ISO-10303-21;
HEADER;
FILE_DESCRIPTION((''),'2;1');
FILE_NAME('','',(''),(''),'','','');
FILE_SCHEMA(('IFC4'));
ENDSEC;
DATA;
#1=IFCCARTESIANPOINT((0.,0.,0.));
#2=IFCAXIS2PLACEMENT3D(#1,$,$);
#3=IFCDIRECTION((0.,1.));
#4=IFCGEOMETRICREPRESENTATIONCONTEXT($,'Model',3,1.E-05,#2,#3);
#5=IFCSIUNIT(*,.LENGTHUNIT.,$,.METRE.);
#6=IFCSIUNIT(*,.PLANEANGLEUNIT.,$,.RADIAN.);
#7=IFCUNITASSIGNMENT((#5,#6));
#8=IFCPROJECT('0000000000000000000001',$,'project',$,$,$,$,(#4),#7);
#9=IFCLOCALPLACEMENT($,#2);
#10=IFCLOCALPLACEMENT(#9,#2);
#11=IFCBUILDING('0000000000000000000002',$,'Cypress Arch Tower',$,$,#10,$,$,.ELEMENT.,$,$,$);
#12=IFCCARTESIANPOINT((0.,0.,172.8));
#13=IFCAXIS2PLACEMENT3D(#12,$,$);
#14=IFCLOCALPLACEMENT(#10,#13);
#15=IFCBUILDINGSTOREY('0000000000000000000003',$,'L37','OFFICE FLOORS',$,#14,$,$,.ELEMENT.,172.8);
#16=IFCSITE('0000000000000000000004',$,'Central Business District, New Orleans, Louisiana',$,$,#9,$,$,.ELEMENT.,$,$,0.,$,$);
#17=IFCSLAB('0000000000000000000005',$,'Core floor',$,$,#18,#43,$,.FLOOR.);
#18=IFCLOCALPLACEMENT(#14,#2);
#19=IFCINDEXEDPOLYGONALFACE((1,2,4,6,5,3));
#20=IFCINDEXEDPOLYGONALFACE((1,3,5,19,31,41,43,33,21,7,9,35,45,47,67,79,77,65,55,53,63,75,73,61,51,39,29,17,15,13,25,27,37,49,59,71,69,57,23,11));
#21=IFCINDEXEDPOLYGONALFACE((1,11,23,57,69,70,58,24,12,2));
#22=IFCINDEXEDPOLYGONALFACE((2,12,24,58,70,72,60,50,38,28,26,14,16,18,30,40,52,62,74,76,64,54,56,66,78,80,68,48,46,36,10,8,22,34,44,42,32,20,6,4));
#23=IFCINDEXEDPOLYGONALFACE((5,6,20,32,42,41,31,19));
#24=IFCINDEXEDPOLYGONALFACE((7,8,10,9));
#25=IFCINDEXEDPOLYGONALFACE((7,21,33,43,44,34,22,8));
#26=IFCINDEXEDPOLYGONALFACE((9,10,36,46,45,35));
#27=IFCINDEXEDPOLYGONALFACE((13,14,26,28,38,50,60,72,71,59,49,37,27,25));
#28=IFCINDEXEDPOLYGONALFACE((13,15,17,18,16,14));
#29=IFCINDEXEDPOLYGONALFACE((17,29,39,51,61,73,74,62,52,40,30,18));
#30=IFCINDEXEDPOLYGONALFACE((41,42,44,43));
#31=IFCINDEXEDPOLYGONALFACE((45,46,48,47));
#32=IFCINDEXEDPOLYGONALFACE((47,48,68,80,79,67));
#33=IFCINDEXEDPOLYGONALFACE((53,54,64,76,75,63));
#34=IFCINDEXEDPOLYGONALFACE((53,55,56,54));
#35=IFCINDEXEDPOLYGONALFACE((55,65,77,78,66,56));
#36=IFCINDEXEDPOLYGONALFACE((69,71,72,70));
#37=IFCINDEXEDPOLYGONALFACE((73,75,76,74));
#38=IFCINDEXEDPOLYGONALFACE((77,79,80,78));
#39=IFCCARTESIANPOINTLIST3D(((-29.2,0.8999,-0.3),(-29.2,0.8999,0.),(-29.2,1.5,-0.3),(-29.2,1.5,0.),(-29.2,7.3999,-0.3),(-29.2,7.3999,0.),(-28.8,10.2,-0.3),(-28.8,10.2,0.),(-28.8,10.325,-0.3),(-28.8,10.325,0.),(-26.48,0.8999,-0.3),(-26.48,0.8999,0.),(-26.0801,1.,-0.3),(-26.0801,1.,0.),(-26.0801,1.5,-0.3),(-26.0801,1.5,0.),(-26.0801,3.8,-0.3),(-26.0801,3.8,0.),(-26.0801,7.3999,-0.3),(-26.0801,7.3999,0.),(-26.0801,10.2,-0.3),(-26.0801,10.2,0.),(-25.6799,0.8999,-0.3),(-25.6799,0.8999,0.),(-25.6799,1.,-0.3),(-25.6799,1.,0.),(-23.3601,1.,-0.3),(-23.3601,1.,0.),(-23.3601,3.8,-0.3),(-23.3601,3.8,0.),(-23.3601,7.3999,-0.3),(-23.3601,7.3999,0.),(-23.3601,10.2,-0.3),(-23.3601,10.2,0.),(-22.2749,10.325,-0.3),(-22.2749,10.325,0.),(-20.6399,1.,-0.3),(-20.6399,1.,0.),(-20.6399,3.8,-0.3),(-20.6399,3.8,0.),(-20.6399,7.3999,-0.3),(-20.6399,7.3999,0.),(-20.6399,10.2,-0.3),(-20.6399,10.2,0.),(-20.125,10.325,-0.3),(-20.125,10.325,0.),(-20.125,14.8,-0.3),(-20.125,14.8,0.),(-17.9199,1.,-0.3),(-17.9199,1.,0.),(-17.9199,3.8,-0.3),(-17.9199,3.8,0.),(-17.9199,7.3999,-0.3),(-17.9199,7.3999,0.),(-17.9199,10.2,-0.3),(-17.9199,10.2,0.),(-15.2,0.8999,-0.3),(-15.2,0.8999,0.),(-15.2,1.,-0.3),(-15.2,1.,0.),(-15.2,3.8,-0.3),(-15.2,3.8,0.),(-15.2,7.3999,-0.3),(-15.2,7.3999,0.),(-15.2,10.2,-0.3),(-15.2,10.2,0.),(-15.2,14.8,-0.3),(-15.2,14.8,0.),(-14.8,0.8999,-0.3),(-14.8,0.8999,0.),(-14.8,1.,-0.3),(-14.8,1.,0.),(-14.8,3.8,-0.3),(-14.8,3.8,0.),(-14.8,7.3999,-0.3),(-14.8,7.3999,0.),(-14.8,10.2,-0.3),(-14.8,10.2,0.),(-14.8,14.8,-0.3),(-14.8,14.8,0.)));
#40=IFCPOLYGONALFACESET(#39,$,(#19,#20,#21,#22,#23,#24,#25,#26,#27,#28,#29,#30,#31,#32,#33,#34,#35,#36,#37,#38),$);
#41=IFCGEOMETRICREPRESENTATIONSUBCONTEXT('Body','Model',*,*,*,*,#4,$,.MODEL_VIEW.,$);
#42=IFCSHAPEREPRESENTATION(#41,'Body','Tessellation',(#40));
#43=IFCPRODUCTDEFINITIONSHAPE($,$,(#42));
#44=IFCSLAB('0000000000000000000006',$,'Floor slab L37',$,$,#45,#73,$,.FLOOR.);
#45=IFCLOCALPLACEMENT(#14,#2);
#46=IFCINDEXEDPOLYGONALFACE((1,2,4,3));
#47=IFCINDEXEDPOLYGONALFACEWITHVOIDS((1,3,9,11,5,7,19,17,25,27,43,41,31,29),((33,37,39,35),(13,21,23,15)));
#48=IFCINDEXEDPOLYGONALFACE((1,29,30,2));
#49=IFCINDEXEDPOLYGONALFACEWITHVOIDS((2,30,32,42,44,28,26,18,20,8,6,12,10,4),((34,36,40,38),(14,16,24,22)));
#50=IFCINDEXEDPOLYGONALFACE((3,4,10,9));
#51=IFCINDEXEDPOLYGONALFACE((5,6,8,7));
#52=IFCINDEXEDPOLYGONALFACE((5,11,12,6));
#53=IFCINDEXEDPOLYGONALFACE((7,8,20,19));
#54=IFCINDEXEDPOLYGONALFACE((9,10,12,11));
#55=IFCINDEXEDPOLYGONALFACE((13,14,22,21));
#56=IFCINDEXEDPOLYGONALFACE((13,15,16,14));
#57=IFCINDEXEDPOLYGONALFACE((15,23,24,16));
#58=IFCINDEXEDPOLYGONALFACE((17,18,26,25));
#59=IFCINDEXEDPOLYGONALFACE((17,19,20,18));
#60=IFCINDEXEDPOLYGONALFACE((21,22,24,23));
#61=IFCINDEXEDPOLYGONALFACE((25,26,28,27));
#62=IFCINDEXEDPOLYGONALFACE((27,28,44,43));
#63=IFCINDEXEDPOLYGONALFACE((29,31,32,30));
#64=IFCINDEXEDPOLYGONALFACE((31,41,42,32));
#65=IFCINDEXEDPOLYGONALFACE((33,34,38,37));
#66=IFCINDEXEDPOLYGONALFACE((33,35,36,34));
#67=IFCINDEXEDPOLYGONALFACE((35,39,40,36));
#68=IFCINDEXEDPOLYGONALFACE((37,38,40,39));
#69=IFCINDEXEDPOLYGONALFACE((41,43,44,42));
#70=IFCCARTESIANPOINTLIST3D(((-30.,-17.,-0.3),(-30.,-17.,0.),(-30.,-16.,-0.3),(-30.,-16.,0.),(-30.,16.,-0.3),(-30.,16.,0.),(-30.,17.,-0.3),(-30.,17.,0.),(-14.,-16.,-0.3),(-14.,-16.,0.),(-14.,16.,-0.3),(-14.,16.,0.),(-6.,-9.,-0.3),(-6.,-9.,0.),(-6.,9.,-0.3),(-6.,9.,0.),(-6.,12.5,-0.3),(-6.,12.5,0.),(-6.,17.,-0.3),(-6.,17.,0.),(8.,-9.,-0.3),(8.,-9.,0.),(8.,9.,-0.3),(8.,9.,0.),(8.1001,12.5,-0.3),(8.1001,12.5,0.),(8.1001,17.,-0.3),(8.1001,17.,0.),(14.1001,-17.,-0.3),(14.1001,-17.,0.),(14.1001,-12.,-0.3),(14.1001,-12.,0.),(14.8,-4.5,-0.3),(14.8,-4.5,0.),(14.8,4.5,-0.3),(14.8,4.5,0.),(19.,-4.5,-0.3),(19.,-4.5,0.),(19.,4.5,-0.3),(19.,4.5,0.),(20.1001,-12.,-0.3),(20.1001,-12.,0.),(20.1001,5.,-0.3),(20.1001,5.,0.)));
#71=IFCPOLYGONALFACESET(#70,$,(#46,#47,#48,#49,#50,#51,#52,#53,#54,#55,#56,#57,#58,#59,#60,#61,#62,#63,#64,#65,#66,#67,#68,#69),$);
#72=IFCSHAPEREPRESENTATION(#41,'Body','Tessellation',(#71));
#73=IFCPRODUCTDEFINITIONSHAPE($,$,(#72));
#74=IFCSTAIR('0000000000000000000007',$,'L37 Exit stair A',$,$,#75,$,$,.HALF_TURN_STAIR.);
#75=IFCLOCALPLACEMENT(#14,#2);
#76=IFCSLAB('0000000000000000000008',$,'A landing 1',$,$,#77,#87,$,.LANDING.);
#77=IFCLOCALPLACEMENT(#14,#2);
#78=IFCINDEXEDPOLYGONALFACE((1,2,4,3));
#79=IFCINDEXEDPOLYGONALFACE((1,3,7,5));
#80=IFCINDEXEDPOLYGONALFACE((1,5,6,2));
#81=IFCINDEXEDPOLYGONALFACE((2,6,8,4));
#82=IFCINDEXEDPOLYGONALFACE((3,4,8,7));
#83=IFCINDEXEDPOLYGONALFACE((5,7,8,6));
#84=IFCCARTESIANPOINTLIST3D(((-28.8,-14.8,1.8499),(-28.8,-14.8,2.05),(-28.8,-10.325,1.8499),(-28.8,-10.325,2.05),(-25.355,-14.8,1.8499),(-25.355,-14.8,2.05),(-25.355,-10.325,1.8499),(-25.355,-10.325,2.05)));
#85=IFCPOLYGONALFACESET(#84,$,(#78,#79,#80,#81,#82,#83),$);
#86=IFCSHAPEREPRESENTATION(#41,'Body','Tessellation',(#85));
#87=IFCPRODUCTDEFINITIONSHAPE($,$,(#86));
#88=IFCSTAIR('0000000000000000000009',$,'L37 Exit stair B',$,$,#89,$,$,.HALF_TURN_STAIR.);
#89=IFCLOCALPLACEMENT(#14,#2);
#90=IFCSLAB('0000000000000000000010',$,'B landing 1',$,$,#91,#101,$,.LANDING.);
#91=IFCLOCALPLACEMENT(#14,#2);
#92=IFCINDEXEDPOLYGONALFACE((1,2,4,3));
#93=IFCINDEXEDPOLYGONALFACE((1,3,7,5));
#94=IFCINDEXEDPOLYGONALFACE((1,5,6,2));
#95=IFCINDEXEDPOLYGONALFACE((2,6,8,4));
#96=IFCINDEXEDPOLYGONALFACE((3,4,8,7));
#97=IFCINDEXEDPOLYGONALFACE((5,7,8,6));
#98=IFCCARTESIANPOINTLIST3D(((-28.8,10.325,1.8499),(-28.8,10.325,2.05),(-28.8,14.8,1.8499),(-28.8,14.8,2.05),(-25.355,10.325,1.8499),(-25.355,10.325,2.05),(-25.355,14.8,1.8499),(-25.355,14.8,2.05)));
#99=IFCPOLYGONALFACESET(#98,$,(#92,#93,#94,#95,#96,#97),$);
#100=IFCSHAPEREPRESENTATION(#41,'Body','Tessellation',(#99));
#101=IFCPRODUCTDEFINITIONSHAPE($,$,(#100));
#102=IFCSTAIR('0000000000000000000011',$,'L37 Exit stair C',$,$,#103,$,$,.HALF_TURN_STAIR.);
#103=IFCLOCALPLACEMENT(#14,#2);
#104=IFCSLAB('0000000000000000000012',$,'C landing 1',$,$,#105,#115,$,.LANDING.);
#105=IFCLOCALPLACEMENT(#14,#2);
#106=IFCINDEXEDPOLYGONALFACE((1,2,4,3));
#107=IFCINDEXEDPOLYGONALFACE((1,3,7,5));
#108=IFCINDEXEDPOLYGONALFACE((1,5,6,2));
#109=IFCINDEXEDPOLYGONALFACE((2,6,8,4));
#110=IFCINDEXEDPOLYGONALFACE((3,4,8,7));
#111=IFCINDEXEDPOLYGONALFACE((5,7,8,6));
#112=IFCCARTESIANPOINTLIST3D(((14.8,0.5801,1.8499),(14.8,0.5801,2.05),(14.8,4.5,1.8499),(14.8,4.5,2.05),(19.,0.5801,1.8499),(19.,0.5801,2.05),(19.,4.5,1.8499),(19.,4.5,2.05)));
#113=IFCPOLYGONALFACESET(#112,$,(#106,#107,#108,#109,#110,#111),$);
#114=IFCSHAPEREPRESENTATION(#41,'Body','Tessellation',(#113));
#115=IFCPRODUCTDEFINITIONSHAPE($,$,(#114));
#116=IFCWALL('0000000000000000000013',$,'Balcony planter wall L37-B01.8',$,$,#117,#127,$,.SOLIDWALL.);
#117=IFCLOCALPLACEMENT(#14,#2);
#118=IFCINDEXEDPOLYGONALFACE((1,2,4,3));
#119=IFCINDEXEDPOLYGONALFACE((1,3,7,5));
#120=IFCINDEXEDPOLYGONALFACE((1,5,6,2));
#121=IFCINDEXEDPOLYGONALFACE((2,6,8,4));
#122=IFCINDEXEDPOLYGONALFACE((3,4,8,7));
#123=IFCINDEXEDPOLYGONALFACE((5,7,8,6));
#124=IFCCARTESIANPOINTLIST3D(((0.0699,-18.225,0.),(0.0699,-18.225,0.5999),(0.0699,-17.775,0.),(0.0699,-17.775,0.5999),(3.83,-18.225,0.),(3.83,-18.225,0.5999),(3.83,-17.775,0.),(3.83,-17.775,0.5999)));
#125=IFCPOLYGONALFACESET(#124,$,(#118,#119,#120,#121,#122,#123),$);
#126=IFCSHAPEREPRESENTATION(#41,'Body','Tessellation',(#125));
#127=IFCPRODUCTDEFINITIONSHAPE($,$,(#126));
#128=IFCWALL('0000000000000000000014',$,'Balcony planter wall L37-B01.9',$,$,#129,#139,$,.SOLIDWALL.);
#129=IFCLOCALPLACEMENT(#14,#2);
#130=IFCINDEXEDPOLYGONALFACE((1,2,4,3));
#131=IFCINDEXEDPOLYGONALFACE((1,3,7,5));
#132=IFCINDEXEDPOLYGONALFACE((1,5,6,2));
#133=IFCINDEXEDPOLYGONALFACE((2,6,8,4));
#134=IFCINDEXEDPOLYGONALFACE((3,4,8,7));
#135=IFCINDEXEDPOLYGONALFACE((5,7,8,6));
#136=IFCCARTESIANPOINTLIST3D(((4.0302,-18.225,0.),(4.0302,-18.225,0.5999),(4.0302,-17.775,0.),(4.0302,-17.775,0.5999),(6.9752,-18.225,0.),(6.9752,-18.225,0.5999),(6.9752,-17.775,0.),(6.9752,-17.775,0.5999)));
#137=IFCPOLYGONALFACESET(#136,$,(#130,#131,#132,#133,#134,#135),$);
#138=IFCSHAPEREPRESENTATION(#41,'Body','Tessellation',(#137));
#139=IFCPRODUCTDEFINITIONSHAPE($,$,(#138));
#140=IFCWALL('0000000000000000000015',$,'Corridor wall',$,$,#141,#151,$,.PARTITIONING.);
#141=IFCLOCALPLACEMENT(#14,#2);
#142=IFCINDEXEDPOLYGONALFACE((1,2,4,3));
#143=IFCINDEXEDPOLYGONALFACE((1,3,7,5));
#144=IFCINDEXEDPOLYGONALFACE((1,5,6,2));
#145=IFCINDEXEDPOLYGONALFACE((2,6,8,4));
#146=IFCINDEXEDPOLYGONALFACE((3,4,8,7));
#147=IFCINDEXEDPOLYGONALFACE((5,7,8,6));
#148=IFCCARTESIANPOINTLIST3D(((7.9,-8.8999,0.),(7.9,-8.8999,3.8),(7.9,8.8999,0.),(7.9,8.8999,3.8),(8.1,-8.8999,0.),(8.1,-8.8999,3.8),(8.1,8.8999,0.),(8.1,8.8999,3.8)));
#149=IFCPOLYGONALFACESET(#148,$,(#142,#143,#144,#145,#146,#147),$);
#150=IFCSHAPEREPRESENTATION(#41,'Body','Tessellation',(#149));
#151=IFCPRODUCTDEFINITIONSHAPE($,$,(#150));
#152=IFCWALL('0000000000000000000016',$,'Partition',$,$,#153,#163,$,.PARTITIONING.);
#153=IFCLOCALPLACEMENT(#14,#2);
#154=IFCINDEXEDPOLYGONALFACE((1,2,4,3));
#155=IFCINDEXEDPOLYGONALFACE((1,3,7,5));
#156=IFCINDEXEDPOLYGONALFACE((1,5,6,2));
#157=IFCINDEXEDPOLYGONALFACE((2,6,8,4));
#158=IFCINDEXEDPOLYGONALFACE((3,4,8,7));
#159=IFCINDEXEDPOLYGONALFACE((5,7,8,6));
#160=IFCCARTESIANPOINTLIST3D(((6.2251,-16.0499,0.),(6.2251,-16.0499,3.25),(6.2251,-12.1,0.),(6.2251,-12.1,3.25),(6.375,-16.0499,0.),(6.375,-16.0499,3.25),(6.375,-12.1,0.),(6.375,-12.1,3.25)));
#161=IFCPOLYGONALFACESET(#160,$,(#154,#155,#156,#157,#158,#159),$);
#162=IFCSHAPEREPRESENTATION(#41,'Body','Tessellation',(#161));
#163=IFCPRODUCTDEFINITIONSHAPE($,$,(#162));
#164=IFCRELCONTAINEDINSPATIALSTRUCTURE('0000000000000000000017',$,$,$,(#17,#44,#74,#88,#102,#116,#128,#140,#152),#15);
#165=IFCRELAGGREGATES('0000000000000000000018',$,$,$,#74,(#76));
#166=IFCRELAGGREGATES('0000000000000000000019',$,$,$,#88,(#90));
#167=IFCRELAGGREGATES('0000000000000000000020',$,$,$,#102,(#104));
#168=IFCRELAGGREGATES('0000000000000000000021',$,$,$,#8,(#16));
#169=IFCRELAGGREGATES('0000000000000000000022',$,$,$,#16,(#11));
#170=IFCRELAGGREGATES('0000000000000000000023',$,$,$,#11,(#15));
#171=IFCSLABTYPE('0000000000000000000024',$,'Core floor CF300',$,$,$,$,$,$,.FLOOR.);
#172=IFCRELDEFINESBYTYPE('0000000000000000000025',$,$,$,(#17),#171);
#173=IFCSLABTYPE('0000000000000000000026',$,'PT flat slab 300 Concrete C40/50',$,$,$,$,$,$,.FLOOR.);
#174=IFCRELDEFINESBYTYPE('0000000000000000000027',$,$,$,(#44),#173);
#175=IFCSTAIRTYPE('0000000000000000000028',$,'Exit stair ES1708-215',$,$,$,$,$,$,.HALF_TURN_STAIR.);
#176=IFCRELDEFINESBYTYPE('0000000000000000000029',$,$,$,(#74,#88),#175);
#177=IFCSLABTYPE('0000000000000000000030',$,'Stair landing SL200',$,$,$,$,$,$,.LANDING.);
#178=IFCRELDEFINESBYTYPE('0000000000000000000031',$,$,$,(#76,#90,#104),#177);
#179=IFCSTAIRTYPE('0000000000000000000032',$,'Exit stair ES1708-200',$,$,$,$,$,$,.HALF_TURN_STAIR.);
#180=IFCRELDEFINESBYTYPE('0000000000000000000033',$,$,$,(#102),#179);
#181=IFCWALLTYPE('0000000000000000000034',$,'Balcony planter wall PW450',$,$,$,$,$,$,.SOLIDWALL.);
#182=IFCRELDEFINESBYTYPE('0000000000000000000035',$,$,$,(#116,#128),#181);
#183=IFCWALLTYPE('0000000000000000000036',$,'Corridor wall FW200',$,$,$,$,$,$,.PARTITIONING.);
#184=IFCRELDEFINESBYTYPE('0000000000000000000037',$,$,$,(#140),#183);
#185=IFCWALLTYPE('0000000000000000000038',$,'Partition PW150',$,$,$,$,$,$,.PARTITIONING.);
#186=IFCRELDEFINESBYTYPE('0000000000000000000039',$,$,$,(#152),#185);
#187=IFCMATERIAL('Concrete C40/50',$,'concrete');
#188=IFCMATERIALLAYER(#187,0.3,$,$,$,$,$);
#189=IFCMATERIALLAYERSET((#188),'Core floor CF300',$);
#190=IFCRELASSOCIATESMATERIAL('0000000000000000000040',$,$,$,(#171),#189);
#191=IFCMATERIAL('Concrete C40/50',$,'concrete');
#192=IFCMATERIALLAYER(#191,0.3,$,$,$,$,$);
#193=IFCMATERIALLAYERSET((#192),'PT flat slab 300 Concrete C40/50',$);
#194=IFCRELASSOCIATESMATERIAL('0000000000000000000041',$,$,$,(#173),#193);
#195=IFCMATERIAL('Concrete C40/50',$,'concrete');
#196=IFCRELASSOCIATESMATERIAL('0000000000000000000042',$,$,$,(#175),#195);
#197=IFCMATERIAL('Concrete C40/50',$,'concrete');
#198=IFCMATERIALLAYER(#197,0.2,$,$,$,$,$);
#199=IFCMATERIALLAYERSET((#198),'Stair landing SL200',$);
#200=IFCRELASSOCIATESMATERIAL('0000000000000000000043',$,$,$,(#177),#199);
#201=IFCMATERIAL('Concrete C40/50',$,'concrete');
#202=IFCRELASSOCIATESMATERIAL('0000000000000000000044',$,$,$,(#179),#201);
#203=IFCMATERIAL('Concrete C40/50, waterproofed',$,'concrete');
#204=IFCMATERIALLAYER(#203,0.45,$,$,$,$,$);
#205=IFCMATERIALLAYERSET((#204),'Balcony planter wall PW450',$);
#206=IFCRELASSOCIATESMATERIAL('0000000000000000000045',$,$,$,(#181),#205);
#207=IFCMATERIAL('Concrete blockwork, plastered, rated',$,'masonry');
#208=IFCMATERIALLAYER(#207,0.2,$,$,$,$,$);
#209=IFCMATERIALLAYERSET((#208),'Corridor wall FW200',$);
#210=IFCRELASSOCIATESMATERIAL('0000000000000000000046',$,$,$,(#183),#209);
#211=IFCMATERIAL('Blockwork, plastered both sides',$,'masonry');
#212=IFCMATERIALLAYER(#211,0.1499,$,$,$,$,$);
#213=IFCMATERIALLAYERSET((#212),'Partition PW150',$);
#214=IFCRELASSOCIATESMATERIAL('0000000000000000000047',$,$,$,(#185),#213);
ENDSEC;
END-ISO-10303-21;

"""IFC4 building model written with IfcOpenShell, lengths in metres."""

from ifc_helpers import new_model, si_unit, direction, frame, frame_2d, origin, place, context, subcontext, project, spatial, polyline, rectangle, outline, extrude, material, layer, layer_set, type_object, element, aggregate, save


model = new_model("IFC4")

# Units and contexts
model_context = context("Model", 3, precision=1e-05, world=origin(), true_north=direction((0.0, 1.0)))
body_context = subcontext(model_context, "Body", "Model", "MODEL_VIEW")
ifc_project = project(units=[si_unit("LENGTHUNIT", "METRE"), si_unit("PLANEANGLEUNIT", "RADIAN")], contexts=[model_context])

# Site, building, storey
site_placement = place(None, origin())
site = spatial("IfcSite", under=ifc_project, at=site_placement, Name="Central Business District, New Orleans, Louisiana", CompositionType="ELEMENT", RefElevation=0.0)
building_placement = place(site_placement, origin())
building = spatial("IfcBuilding", under=site, at=building_placement, Name="Cypress Arch Tower", CompositionType="ELEMENT")
storey_placement = place(building_placement, frame((0.0, 0.0, 172.8)))
storey = spatial("IfcBuildingStorey", under=building, at=storey_placement, Name="L37", Description="OFFICE FLOORS", CompositionType="ELEMENT", Elevation=172.8)

# Slabs
ifc_material_1 = material(Name="Concrete C40/50", Category="concrete")
ifc_layer_1 = layer(ifc_material_1, 0.3)
ifc_layer_set_1 = layer_set([ifc_layer_1], Name="Core floor CF300")
slab_type_1 = type_object("IfcSlabType", Name="Core floor CF300", PredefinedType="FLOOR", material=ifc_layer_set_1)
slab_1_placement = place(storey_placement, frame((0.0, 0.0, -0.3)))
element("IfcSlab", 1, at=slab_1_placement, inside=storey, type_object=slab_type_1, Name="Core floor", PredefinedType="FLOOR", context=body_context, shape_type="SweptSolid", body=[
    extrude(outline(polyline([(-20.6399, 7.3999), (-20.6399, 10.2), (-23.3601, 10.2), (-26.0801, 10.2), (-28.8, 10.2), (-28.8, 10.325), (-22.2749, 10.325), (-20.125, 10.325), (-20.125, 14.8), (-15.2, 14.8), (-14.8, 14.8), (-14.8, 10.2), (-15.2, 10.2), (-17.9199, 10.2), (-17.9199, 7.3999), (-15.2, 7.3999), (-14.8, 7.3999), (-14.8, 3.8), (-15.2, 3.8), (-17.9199, 3.8), (-20.6399, 3.8), (-23.3601, 3.8), (-26.0801, 3.8), (-26.0801, 1.5), (-26.0801, 1.5), (-26.0801, 1.0), (-25.6799, 1.0), (-23.3601, 1.0), (-20.6399, 1.0), (-17.9199, 1.0), (-15.2, 1.0), (-14.8, 1.0), (-14.8, 0.8999), (-15.2, 0.8999), (-25.6799, 0.8999), (-26.48, 0.8999), (-29.2, 0.8999), (-29.2, 1.5), (-29.2, 7.3999), (-26.0801, 7.3999), (-23.3601, 7.3999), (-20.6399, 7.3999)])), origin(), (0.0, 0.0, 1.0), 0.3),
])
ifc_material_2 = material(Name="Concrete C40/50", Category="concrete")
ifc_layer_2 = layer(ifc_material_2, 0.3)
ifc_layer_set_2 = layer_set([ifc_layer_2], Name="PT flat slab 300 Concrete C40/50")
slab_type_2 = type_object("IfcSlabType", Name="PT flat slab 300 Concrete C40/50", PredefinedType="FLOOR", material=ifc_layer_set_2)
slab_2_placement = place(storey_placement, frame((0.0, 0.0, -0.3)))
element("IfcSlab", 2, at=slab_2_placement, inside=storey, type_object=slab_type_2, Name="Floor slab L37", PredefinedType="FLOOR", context=body_context, shape_type="SweptSolid", body=[
    extrude(outline(polyline([(-30.0, 17.0), (-6.0, 17.0), (-6.0, 12.5), (8.1001, 12.5), (8.1001, 17.0), (20.1001, 5.0), (20.1001, -12.0), (14.1001, -12.0), (14.1001, -17.0), (-30.0, -17.0), (-30.0, -16.0), (-14.0, -16.0), (-14.0, 16.0), (-30.0, 16.0), (-30.0, 17.0)]), holes=[polyline([(-6.0, -9.0), (8.0, -9.0), (8.0, 9.0), (-6.0, 9.0), (-6.0, -9.0)]), polyline([(14.8, -4.5), (19.0, -4.5), (19.0, 4.5), (14.8, 4.5), (14.8, -4.5)])]), origin(), (0.0, 0.0, 1.0), 0.3),
])

# Stairs, slabs
ifc_material_3 = material(Name="Concrete C40/50", Category="concrete")
stair_type_1 = type_object("IfcStairType", Name="Exit stair ES1708-215", PredefinedType="HALF_TURN_STAIR", material=ifc_material_3)
stair_1_placement = place(storey_placement, origin())
stair_1 = element("IfcStair", 3, at=stair_1_placement, inside=storey, type_object=stair_type_1, Name="L37 Exit stair A", PredefinedType="HALF_TURN_STAIR")
ifc_material_4 = material(Name="Concrete C40/50", Category="concrete")
ifc_layer_3 = layer(ifc_material_4, 0.2)
ifc_layer_set_3 = layer_set([ifc_layer_3], Name="Stair landing SL200")
slab_type_3 = type_object("IfcSlabType", Name="Stair landing SL200", PredefinedType="LANDING", material=ifc_layer_set_3)
slab_3_placement = place(storey_placement, frame((0.0, 0.0, 1.8499)))
slab_3 = element("IfcSlab", 4, at=slab_3_placement, type_object=slab_type_3, Name="A landing 1", PredefinedType="LANDING", context=body_context, shape_type="SweptSolid", body=[
    extrude(outline(polyline([(-25.355, -10.325), (-28.8, -10.325), (-28.8, -14.8), (-25.355, -14.8), (-25.355, -10.325)])), origin(), (0.0, 0.0, 1.0), 0.2002),
])
aggregate(stair_1, [slab_3])
stair_2_placement = place(storey_placement, origin())
stair_2 = element("IfcStair", 5, at=stair_2_placement, inside=storey, type_object=stair_type_1, Name="L37 Exit stair B", PredefinedType="HALF_TURN_STAIR")
slab_4_placement = place(storey_placement, frame((0.0, 0.0, 1.8499)))
slab_4 = element("IfcSlab", 6, at=slab_4_placement, type_object=slab_type_3, Name="B landing 1", PredefinedType="LANDING", context=body_context, shape_type="SweptSolid", body=[
    extrude(outline(polyline([(-25.355, 14.8), (-28.8, 14.8), (-28.8, 10.325), (-25.355, 10.325), (-25.355, 14.8)])), origin(), (0.0, 0.0, 1.0), 0.2002),
])
aggregate(stair_2, [slab_4])
ifc_material_5 = material(Name="Concrete C40/50", Category="concrete")
stair_type_2 = type_object("IfcStairType", Name="Exit stair ES1708-200", PredefinedType="HALF_TURN_STAIR", material=ifc_material_5)
stair_3_placement = place(storey_placement, origin())
stair_3 = element("IfcStair", 7, at=stair_3_placement, inside=storey, type_object=stair_type_2, Name="L37 Exit stair C", PredefinedType="HALF_TURN_STAIR")
slab_5_placement = place(storey_placement, frame((0.0, 0.0, 1.8499)))
slab_5 = element("IfcSlab", 8, at=slab_5_placement, type_object=slab_type_3, Name="C landing 1", PredefinedType="LANDING", context=body_context, shape_type="SweptSolid", body=[
    extrude(outline(polyline([(19.0, 0.5801), (19.0, 4.5), (14.8, 4.5), (14.8, 0.5801), (19.0, 0.5801)])), origin(), (0.0, 0.0, 1.0), 0.2002),
])
aggregate(stair_3, [slab_5])

# Walls
ifc_material_6 = material(Name="Concrete C40/50, waterproofed", Category="concrete")
ifc_layer_4 = layer(ifc_material_6, 0.45)
ifc_layer_set_4 = layer_set([ifc_layer_4], Name="Balcony planter wall PW450")
wall_type_1 = type_object("IfcWallType", Name="Balcony planter wall PW450", PredefinedType="SOLIDWALL", material=ifc_layer_set_4)
wall_1_placement = place(storey_placement, frame((0.0701, -18.0, 0.0), z_axis=(0.0, 0.0, 1.0), x_axis=(1.0, 0.0, 0.0)))
element("IfcWall", 9, at=wall_1_placement, inside=storey, type_object=wall_type_1, Name="Balcony planter wall L37-B01.8", PredefinedType="SOLIDWALL", context=body_context, shape_type="SweptSolid", body=[
    extrude(rectangle(XDim=3.76, YDim=0.45, at=frame_2d((1.8799, 0.0))), origin(), (0.0, 0.0, 1.0), 0.5999),
])
wall_2_placement = place(storey_placement, frame((4.03, -18.0, 0.0), z_axis=(0.0, 0.0, 1.0), x_axis=(1.0, 0.0, 0.0)))
element("IfcWall", 10, at=wall_2_placement, inside=storey, type_object=wall_type_1, Name="Balcony planter wall L37-B01.9", PredefinedType="SOLIDWALL", context=body_context, shape_type="SweptSolid", body=[
    extrude(rectangle(XDim=2.9451, YDim=0.45, at=frame_2d((1.4727, 0.0))), origin(), (0.0, 0.0, 1.0), 0.5999),
])

# Walls
ifc_material_7 = material(Name="Concrete blockwork, plastered, rated", Category="masonry")
ifc_layer_5 = layer(ifc_material_7, 0.2)
ifc_layer_set_5 = layer_set([ifc_layer_5], Name="Corridor wall FW200")
wall_type_2 = type_object("IfcWallType", Name="Corridor wall FW200", PredefinedType="PARTITIONING", material=ifc_layer_set_5)
wall_3_placement = place(storey_placement, frame((8.0, -8.8999, 0.0), z_axis=(0.0, 0.0, 1.0), x_axis=(0.0, 1.0, 0.0)))
element("IfcWall", 11, at=wall_3_placement, inside=storey, type_object=wall_type_2, Name="Corridor wall", PredefinedType="PARTITIONING", context=body_context, shape_type="SweptSolid", body=[
    extrude(rectangle(XDim=17.7998, YDim=0.2, at=frame_2d((8.8999, 0.0))), origin(), (0.0, 0.0, 1.0), 3.8),
])
ifc_material_8 = material(Name="Blockwork, plastered both sides", Category="masonry")
ifc_layer_6 = layer(ifc_material_8, 0.1499)
ifc_layer_set_6 = layer_set([ifc_layer_6], Name="Partition PW150")
wall_type_3 = type_object("IfcWallType", Name="Partition PW150", PredefinedType="PARTITIONING", material=ifc_layer_set_6)
wall_4_placement = place(storey_placement, frame((6.3, -16.05, 0.0), z_axis=(0.0, 0.0, 1.0), x_axis=(0.0, 1.0, 0.0)))
element("IfcWall", 12, at=wall_4_placement, inside=storey, type_object=wall_type_3, Name="Partition", PredefinedType="PARTITIONING", context=body_context, shape_type="SweptSolid", body=[
    extrude(rectangle(XDim=3.95, YDim=0.1499, at=frame_2d((1.9751, 0.0))), origin(), (0.0, 0.0, 1.0), 3.25),
])

save(model, "model.ifc")
